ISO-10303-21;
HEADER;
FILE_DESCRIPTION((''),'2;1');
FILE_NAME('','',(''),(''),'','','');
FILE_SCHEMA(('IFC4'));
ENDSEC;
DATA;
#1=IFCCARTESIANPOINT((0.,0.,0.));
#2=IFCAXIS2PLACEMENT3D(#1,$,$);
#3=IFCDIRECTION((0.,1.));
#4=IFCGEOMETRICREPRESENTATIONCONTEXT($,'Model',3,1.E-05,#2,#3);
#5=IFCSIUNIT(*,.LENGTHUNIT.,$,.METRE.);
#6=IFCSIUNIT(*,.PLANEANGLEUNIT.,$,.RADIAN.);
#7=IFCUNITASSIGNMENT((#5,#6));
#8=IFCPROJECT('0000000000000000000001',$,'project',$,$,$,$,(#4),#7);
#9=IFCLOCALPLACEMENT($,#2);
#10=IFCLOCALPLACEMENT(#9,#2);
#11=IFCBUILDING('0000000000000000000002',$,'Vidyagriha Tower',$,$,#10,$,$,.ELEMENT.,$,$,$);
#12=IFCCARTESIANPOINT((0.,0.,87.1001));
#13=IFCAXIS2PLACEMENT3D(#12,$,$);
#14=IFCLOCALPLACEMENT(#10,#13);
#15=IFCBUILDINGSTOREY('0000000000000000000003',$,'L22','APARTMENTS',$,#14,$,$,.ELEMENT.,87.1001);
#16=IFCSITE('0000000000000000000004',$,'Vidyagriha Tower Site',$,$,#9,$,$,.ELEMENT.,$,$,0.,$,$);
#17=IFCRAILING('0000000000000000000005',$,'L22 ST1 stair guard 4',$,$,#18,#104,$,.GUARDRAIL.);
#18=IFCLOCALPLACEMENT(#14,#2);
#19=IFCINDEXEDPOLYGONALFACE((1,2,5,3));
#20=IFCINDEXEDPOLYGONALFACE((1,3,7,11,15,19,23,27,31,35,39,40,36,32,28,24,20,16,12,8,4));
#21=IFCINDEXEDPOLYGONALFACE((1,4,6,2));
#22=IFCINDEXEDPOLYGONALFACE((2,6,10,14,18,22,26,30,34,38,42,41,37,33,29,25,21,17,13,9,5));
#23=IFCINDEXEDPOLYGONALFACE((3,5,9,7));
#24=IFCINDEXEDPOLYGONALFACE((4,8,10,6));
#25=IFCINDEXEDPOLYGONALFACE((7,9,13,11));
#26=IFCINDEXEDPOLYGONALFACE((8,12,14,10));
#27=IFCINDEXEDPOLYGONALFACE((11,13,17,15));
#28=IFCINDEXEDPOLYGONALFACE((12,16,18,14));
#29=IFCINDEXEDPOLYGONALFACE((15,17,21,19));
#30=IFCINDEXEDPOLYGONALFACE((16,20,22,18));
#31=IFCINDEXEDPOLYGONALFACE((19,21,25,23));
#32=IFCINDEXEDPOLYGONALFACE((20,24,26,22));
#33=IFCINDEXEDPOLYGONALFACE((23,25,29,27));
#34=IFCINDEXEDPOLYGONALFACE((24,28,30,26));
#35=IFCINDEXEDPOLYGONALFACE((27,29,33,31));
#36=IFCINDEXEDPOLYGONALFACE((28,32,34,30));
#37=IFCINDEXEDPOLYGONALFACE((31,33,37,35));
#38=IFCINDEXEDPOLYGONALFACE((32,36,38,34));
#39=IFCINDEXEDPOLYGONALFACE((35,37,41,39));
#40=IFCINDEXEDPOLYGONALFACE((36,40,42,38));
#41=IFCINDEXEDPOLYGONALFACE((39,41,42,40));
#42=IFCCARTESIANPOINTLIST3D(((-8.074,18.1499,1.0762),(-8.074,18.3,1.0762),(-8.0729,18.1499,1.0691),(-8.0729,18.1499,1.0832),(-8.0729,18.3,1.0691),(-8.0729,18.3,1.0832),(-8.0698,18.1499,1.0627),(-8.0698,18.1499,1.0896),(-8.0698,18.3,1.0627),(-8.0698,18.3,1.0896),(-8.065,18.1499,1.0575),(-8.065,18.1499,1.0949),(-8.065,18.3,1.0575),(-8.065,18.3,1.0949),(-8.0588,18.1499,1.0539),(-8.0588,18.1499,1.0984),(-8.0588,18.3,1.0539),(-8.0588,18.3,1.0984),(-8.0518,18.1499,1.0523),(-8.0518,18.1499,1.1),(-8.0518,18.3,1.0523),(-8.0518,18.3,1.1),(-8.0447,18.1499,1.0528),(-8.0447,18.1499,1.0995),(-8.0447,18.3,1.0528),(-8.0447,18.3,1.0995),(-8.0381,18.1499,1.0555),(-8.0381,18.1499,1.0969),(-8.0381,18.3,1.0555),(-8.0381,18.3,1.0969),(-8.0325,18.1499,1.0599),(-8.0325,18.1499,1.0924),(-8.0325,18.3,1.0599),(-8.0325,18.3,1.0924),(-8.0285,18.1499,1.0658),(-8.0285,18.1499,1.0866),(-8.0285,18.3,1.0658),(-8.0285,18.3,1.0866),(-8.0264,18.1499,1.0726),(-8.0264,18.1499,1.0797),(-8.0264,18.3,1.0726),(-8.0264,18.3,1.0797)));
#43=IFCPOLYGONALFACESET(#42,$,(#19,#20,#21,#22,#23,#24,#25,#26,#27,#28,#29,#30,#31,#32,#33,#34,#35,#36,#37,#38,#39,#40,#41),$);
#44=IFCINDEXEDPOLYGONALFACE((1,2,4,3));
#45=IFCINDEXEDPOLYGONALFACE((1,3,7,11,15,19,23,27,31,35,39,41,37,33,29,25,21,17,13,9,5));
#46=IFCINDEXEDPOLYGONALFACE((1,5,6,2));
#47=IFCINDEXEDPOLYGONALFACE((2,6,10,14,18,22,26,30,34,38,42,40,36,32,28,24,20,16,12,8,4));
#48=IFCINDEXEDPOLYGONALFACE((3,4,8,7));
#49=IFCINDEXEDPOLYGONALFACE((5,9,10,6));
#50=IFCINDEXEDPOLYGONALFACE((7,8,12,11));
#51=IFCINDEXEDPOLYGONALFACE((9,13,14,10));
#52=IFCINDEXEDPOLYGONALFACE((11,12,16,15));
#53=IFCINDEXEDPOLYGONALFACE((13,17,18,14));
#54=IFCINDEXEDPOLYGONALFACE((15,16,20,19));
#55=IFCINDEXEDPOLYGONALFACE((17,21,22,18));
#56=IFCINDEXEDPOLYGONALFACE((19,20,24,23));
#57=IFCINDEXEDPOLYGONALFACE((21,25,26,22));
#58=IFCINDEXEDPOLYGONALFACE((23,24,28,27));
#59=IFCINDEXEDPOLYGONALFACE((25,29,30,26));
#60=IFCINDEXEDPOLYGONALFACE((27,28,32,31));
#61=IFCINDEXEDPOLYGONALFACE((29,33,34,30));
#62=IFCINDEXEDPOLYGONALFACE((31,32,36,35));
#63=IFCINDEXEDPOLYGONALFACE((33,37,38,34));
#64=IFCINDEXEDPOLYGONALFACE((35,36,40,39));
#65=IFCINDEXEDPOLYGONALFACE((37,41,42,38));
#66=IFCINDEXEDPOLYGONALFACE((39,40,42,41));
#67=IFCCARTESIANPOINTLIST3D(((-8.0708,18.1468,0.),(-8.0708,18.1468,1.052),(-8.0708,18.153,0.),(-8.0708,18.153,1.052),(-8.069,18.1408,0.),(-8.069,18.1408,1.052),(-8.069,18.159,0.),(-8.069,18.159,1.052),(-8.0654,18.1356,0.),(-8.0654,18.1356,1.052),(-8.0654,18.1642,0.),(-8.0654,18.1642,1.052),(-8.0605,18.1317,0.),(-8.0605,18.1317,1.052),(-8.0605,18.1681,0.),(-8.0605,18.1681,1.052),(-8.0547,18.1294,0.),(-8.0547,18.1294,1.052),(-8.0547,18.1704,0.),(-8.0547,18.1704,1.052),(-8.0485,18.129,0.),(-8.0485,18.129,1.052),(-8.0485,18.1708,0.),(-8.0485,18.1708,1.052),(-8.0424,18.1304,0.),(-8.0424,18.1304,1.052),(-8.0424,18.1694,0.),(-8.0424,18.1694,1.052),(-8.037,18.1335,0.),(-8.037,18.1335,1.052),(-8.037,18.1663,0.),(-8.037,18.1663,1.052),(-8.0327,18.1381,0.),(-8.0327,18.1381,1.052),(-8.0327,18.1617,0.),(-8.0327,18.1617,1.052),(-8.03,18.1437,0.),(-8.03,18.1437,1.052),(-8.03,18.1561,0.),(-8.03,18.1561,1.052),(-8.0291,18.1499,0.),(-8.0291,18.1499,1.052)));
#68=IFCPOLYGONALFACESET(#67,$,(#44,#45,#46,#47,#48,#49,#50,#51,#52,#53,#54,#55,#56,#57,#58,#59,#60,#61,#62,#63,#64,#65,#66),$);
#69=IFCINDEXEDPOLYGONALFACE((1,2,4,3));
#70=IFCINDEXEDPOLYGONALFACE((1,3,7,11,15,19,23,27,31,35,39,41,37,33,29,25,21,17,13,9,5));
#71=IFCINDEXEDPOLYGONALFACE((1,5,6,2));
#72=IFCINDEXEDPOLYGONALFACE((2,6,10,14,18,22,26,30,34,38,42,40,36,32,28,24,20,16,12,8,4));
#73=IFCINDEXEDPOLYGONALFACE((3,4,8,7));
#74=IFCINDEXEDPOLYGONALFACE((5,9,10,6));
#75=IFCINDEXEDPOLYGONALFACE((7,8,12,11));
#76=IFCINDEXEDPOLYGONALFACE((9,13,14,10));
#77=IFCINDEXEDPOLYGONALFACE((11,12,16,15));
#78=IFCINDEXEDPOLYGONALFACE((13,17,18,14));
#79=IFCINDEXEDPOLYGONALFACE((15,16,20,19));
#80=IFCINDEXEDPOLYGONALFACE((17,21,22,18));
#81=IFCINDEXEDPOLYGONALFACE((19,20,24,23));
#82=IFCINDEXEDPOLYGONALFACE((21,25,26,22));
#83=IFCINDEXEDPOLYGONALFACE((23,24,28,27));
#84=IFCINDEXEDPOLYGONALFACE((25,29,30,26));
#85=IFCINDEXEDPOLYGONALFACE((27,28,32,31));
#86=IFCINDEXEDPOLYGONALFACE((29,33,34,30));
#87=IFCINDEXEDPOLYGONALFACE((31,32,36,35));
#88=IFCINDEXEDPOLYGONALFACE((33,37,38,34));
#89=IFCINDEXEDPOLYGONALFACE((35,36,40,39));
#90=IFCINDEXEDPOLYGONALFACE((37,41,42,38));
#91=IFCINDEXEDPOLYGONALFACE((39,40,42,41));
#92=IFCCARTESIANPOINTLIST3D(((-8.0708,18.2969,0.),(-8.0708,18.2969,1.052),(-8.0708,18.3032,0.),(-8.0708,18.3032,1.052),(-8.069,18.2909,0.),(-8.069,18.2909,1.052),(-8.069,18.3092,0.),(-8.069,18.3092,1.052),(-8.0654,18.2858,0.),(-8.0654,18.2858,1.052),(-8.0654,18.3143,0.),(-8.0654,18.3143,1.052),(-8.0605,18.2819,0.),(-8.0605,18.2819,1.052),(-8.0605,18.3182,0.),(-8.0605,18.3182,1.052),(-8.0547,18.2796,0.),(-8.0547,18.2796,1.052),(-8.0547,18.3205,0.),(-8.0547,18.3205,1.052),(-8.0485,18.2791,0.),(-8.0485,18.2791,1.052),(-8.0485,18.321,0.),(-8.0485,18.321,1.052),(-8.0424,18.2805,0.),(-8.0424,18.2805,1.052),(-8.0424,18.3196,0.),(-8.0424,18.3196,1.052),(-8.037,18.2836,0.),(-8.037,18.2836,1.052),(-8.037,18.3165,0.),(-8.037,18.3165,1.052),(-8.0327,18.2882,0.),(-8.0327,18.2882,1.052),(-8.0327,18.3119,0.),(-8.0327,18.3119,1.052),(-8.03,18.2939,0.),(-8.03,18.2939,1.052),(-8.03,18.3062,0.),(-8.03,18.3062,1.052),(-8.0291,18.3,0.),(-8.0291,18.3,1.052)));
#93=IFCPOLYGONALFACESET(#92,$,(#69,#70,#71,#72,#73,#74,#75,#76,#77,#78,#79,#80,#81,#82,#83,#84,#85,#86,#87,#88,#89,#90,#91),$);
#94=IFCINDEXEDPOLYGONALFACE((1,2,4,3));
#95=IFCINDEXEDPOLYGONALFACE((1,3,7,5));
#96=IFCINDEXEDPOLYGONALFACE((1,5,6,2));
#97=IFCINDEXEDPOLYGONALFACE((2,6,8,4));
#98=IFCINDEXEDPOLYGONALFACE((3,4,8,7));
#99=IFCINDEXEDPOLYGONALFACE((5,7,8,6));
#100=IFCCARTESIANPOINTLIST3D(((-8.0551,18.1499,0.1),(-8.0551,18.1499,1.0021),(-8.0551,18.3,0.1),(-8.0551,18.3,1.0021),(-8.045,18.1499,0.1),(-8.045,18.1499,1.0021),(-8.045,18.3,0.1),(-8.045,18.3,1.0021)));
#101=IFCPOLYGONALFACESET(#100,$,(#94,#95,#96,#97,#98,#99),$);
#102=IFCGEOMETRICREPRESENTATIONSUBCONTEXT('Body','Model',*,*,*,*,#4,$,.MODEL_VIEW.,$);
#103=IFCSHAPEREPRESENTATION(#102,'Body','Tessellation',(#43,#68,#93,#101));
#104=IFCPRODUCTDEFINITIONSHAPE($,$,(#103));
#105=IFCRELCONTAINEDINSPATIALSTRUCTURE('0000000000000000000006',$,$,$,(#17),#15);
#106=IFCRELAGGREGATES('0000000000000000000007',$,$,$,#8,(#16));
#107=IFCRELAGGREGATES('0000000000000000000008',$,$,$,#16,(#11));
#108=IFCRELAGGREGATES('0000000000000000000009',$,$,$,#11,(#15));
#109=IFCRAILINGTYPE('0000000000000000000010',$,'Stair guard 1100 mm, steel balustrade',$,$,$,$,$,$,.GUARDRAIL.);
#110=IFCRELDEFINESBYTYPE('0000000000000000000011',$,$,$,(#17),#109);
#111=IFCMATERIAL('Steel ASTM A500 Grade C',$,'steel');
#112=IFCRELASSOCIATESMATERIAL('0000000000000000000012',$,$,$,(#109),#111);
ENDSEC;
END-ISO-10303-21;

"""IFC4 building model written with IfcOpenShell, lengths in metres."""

from ifc_helpers import new_model, si_unit, direction, frame, origin, origin_2d, place, context, subcontext, project, spatial, rectangle, circle, extrude, material, type_object, element, save


model = new_model("IFC4")

# Units and contexts
model_context = context("Model", 3, precision=1e-05, world=origin(), true_north=direction((0.0, 1.0)))
body_context = subcontext(model_context, "Body", "Model", "MODEL_VIEW")
ifc_project = project(units=[si_unit("LENGTHUNIT", "METRE"), si_unit("PLANEANGLEUNIT", "RADIAN")], contexts=[model_context])

# Site, building, storey
site_placement = place(None, origin())
site = spatial("IfcSite", under=ifc_project, at=site_placement, Name="Vidyagriha Tower Site", CompositionType="ELEMENT", RefElevation=0.0)
building_placement = place(site_placement, origin())
building = spatial("IfcBuilding", under=site, at=building_placement, Name="Vidyagriha Tower", CompositionType="ELEMENT")
storey_placement = place(building_placement, frame((0.0, 0.0, 87.1001)))
storey = spatial("IfcBuildingStorey", under=building, at=storey_placement, Name="L22", Description="APARTMENTS", CompositionType="ELEMENT", Elevation=87.1001)

# Railing
ifc_material_1 = material(Name="Steel ASTM A500 Grade C", Category="steel")
railing_type_1 = type_object("IfcRailingType", Name="Stair guard 1100 mm, steel balustrade", PredefinedType="GUARDRAIL", material=ifc_material_1)
railing_1_placement = place(storey_placement, frame((-8.05, 18.1499, 0.0)))
element("IfcRailing", 1, at=railing_1_placement, inside=storey, type_object=railing_type_1, Name="L22 ST1 stair guard 4", PredefinedType="GUARDRAIL", context=body_context, shape_type="SweptSolid", body=[
    extrude(circle(Radius=0.0239, at=origin_2d()), frame((0.0, 0.0, 1.0762), z_axis=(0.0, 1.0, 0.0), x_axis=(-1.0, 0.0, 0.0)), (0.0, 0.0, 1.0), 0.1501),
    extrude(circle(Radius=0.021, at=origin_2d()), origin(), (0.0, 0.0, 1.0), 1.052),
    extrude(circle(Radius=0.021, at=origin_2d()), frame((0.0, 0.1501, 0.0)), (0.0, 0.0, 1.0), 1.052),
    extrude(rectangle(XDim=0.01, YDim=0.9021, at=origin_2d()), frame((0.0, 0.0, 0.551), z_axis=(0.0, 1.0, 0.0), x_axis=(-1.0, 0.0, 0.0)), (0.0, 0.0, 1.0), 0.1501),
])

save(model, "model.ifc")
